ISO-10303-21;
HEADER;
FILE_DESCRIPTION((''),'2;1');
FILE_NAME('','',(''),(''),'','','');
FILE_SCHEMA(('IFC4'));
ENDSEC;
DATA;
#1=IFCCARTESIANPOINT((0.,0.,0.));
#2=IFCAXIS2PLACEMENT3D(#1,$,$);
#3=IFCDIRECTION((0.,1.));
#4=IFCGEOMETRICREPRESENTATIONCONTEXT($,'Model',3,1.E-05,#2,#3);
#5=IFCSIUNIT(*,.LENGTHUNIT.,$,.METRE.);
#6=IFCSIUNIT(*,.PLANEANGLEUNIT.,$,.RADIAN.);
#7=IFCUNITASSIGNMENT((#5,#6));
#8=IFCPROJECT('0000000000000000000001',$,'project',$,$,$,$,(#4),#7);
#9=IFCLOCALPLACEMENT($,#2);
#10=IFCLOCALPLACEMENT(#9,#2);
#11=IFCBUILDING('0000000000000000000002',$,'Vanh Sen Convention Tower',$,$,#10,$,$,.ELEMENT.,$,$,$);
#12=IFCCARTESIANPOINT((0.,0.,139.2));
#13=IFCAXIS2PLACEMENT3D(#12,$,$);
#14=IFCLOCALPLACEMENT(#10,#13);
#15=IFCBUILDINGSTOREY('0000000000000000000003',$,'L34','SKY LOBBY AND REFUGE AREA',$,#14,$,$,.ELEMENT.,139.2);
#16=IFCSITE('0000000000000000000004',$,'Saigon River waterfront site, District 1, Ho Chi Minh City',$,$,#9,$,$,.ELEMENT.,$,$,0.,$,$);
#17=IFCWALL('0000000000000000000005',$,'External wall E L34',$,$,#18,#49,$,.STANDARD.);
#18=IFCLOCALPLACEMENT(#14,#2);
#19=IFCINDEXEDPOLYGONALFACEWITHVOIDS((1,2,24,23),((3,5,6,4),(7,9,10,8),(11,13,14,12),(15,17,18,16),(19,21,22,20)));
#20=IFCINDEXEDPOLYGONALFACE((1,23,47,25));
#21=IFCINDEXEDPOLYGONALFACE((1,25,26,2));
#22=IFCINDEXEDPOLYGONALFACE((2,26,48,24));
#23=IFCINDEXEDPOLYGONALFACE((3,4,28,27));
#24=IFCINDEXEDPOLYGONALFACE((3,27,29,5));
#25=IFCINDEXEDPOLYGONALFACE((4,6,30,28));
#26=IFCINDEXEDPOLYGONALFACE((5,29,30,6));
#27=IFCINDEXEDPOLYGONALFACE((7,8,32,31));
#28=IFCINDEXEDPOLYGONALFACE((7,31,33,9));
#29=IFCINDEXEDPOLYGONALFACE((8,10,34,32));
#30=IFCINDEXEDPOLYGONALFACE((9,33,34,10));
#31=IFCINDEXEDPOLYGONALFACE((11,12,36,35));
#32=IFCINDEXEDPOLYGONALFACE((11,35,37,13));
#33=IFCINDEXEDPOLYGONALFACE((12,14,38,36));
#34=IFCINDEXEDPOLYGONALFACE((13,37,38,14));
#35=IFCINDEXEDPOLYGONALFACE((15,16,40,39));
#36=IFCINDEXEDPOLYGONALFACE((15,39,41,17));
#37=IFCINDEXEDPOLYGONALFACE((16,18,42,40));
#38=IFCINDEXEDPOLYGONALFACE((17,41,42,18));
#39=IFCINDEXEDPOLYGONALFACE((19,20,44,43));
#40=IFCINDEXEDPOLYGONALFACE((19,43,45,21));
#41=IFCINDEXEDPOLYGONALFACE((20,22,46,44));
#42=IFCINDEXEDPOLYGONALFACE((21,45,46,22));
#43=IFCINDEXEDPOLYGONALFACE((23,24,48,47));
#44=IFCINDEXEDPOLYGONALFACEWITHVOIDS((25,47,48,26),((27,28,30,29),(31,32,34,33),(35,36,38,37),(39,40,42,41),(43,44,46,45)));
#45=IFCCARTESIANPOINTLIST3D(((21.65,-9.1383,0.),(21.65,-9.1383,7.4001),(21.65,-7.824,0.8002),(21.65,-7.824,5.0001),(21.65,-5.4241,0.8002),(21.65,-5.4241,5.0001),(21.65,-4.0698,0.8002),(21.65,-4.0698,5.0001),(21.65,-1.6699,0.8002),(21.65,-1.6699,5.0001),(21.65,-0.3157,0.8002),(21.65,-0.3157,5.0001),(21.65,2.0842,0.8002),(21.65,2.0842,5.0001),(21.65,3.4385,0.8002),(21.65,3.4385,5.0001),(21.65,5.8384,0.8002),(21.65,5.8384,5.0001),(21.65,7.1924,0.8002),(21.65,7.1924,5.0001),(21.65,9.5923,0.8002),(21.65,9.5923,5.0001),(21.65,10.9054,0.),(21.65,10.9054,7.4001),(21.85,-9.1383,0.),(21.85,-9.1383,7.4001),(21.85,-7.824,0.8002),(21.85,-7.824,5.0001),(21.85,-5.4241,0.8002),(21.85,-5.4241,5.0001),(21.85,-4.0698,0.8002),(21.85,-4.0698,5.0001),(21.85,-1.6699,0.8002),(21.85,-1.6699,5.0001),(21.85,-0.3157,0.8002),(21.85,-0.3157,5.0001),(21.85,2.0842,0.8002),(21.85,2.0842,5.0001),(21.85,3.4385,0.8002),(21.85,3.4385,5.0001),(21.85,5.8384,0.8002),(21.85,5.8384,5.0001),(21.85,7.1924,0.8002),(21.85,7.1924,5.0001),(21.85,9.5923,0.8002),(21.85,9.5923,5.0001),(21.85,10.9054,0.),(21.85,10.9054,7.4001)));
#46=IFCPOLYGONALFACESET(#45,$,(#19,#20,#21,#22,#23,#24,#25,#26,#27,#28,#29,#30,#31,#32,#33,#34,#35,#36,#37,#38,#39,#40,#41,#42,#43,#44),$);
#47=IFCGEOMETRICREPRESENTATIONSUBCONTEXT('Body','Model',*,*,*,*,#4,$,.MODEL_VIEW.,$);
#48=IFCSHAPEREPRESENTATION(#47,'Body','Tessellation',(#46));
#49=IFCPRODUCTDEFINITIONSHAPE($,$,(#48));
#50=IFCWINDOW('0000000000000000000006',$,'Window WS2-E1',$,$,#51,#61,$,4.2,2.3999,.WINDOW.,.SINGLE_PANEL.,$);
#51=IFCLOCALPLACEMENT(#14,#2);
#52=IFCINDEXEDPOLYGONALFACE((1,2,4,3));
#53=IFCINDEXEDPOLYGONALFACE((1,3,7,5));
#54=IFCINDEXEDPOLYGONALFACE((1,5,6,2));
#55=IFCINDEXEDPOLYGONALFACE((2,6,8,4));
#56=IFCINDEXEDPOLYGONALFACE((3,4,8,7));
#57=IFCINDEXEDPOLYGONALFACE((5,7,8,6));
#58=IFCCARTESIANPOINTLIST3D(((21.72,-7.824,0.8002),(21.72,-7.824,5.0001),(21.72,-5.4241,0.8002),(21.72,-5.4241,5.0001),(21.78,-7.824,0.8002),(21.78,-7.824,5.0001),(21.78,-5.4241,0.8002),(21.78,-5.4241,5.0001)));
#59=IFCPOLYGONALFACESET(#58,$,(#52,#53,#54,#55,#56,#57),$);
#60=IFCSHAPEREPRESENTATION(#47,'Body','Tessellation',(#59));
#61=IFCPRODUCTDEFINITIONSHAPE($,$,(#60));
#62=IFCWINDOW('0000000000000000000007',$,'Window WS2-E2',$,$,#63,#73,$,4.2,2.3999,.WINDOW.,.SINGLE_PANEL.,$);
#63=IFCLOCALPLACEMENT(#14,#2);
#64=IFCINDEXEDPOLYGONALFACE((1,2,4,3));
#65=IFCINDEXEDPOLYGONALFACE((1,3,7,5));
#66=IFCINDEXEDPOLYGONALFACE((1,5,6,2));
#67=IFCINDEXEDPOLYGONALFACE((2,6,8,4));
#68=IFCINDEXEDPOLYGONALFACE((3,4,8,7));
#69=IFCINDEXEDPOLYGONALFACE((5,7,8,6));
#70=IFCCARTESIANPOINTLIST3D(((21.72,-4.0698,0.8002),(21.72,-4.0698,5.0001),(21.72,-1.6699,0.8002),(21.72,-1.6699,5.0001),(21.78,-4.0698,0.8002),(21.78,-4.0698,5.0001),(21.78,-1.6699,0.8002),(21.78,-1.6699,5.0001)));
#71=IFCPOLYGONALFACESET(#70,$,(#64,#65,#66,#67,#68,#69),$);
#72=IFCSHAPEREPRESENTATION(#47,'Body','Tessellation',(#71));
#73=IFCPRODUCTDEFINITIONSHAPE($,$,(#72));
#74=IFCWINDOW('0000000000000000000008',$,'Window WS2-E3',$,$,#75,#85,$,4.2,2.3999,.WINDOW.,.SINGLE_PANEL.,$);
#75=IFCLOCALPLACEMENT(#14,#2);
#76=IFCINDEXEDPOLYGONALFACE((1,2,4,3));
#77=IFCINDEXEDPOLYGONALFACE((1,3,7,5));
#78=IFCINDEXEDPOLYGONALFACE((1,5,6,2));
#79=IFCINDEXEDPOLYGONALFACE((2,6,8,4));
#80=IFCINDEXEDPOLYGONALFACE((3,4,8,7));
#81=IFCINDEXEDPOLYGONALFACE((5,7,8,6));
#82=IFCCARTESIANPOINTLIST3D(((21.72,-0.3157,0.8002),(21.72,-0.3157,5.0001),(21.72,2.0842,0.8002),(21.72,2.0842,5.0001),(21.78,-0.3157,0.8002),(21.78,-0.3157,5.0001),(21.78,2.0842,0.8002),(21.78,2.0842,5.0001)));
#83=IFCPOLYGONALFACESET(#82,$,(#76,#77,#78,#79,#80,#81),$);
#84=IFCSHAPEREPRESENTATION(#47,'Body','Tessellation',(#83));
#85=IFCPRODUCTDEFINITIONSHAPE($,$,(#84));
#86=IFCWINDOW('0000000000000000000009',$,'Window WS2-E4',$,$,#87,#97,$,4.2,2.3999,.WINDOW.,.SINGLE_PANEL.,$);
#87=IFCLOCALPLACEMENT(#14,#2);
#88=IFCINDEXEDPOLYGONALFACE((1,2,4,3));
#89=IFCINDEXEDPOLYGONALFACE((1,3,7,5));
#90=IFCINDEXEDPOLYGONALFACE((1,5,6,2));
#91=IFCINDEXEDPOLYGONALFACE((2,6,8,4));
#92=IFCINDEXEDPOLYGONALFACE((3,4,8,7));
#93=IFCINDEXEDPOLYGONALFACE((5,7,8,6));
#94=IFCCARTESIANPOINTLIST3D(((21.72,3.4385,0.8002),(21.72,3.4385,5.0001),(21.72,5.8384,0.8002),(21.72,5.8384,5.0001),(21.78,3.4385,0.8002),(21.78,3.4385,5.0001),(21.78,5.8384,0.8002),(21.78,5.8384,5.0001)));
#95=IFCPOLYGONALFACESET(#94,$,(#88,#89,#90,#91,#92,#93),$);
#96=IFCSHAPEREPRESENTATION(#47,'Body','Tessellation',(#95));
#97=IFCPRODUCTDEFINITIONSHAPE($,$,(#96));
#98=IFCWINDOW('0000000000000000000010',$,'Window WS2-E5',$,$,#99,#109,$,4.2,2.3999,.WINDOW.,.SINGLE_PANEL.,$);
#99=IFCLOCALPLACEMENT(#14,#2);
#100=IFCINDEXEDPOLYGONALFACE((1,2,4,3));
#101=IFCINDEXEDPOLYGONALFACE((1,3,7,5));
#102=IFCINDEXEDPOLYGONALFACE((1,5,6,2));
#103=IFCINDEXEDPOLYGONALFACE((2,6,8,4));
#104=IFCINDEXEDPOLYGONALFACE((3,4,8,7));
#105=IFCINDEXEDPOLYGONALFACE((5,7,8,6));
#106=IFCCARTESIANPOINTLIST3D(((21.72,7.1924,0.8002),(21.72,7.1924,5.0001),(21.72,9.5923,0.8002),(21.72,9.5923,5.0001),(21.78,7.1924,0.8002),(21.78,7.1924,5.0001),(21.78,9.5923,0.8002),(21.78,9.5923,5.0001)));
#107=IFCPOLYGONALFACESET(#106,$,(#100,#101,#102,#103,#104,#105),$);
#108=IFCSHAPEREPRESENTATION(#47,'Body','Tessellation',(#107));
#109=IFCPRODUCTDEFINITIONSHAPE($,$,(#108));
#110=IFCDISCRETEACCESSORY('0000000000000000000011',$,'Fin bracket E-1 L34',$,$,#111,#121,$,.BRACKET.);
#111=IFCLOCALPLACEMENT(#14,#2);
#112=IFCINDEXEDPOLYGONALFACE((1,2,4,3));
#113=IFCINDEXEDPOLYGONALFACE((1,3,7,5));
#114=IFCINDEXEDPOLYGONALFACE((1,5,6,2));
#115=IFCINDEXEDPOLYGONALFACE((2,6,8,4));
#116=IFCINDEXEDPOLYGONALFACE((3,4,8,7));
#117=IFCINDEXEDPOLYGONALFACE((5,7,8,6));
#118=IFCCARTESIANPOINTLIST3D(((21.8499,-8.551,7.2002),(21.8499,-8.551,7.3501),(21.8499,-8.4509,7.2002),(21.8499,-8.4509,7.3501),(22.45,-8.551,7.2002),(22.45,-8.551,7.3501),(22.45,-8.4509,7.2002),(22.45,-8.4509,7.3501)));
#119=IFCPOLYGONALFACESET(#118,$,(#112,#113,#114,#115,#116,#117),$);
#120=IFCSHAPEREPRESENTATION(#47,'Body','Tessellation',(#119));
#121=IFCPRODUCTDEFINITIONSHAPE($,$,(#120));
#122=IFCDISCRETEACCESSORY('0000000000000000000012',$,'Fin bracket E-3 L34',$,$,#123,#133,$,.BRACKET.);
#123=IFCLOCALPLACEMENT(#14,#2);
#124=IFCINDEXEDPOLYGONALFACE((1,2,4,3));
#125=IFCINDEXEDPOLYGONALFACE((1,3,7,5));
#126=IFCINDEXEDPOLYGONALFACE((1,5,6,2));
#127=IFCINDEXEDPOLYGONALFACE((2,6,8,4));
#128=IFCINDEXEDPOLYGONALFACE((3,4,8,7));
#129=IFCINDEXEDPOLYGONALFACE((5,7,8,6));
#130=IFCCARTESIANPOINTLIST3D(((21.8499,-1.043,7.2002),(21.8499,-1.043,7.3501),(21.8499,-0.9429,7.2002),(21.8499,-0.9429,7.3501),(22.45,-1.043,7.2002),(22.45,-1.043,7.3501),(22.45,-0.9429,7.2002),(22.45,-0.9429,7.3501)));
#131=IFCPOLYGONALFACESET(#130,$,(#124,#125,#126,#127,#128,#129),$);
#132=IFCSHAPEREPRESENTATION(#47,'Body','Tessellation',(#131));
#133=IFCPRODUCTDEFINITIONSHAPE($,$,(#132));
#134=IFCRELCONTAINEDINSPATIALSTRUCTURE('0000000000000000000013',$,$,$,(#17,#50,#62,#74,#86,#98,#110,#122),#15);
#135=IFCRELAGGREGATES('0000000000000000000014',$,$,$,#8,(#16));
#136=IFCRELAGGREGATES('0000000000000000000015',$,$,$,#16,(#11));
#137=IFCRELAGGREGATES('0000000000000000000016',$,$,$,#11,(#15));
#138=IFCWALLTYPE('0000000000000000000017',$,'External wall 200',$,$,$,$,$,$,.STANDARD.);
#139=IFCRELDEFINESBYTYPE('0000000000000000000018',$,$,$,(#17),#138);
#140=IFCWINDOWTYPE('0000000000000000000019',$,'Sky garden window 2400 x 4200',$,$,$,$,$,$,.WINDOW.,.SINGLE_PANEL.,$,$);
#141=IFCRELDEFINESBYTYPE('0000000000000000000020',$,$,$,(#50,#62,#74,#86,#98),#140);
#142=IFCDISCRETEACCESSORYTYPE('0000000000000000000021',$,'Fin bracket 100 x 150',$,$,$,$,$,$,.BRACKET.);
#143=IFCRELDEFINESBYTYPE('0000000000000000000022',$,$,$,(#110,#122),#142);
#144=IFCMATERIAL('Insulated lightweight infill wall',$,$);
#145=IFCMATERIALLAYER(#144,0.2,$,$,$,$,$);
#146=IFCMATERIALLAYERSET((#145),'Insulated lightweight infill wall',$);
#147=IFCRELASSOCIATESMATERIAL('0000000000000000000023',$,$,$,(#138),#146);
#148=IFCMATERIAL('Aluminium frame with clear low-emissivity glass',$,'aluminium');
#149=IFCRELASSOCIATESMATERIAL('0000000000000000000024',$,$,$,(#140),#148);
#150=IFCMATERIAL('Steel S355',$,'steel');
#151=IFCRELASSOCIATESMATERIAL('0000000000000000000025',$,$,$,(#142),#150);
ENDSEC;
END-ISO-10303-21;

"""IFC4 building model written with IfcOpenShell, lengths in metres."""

from ifc_helpers import new_model, si_unit, direction, frame, frame_2d, origin, origin_2d, place, context, subcontext, project, spatial, rectangle, extrude, material, layer, layer_set, type_object, element, fill, save


model = new_model("IFC4")

# Units and contexts
model_context = context("Model", 3, precision=1e-05, world=origin(), true_north=direction((0.0, 1.0)))
body_context = subcontext(model_context, "Body", "Model", "MODEL_VIEW")
ifc_project = project(units=[si_unit("LENGTHUNIT", "METRE"), si_unit("PLANEANGLEUNIT", "RADIAN")], contexts=[model_context])

# Site, building, storey
site_placement = place(None, origin())
site = spatial("IfcSite", under=ifc_project, at=site_placement, Name="Saigon River waterfront site, District 1, Ho Chi Minh City", CompositionType="ELEMENT", RefElevation=0.0)
building_placement = place(site_placement, origin())
building = spatial("IfcBuilding", under=site, at=building_placement, Name="Vanh Sen Convention Tower", CompositionType="ELEMENT")
storey_placement = place(building_placement, frame((0.0, 0.0, 139.2)))
storey = spatial("IfcBuildingStorey", under=building, at=storey_placement, Name="L34", Description="SKY LOBBY AND REFUGE AREA", CompositionType="ELEMENT", Elevation=139.2)

# Wall, openings, windows
ifc_material_1 = material(Name="Insulated lightweight infill wall")
ifc_layer_1 = layer(ifc_material_1, 0.2)
ifc_layer_set_1 = layer_set([ifc_layer_1], Name="Insulated lightweight infill wall")
wall_type = type_object("IfcWallType", Name="External wall 200", PredefinedType="STANDARD", material=ifc_layer_set_1)
wall_placement = place(storey_placement, frame((21.75, -9.1384, 0.0), z_axis=(0.0, 0.0, 1.0), x_axis=(0.0, 1.0, 0.0)))
wall = element("IfcWall", 1, at=wall_placement, inside=storey, type_object=wall_type, Name="External wall E L34", PredefinedType="STANDARD", context=body_context, shape_type="SweptSolid", body=[
    extrude(rectangle(XDim=20.0437, YDim=0.2, at=frame_2d((10.022, 0.0))), origin(), (0.0, 0.0, 1.0), 7.4001),
])
opening_1_placement = place(wall_placement, frame((1.3145, 0.0, 0.8)))
opening_1 = element("IfcOpeningElement", 2, at=opening_1_placement, cuts=wall, PredefinedType="OPENING", context=body_context, shape_type="SweptSolid", body=[
    extrude(rectangle(XDim=2.3999, YDim=4.2, at=frame_2d((1.2, 2.1001))), frame((0.0, 0.1099, 0.0), z_axis=(0.0, -1.0, 0.0), x_axis=(1.0, 0.0, 0.0)), (0.0, 0.0, 1.0), 0.22),
])
opening_2_placement = place(wall_placement, frame((5.0686, 0.0, 0.8)))
opening_2 = element("IfcOpeningElement", 3, at=opening_2_placement, cuts=wall, PredefinedType="OPENING", context=body_context, shape_type="SweptSolid", body=[
    extrude(rectangle(XDim=2.3999, YDim=4.2, at=frame_2d((1.2, 2.1001))), frame((0.0, 0.1099, 0.0), z_axis=(0.0, -1.0, 0.0), x_axis=(1.0, 0.0, 0.0)), (0.0, 0.0, 1.0), 0.22),
])
opening_3_placement = place(wall_placement, frame((8.8228, 0.0, 0.8)))
opening_3 = element("IfcOpeningElement", 4, at=opening_3_placement, cuts=wall, PredefinedType="OPENING", context=body_context, shape_type="SweptSolid", body=[
    extrude(rectangle(XDim=2.3999, YDim=4.2, at=frame_2d((1.2, 2.1001))), frame((0.0, 0.1099, 0.0), z_axis=(0.0, -1.0, 0.0), x_axis=(1.0, 0.0, 0.0)), (0.0, 0.0, 1.0), 0.22),
])
opening_4_placement = place(wall_placement, frame((12.5769, 0.0, 0.8)))
opening_4 = element("IfcOpeningElement", 5, at=opening_4_placement, cuts=wall, PredefinedType="OPENING", context=body_context, shape_type="SweptSolid", body=[
    extrude(rectangle(XDim=2.3999, YDim=4.2, at=frame_2d((1.2, 2.1001))), frame((0.0, 0.1099, 0.0), z_axis=(0.0, -1.0, 0.0), x_axis=(1.0, 0.0, 0.0)), (0.0, 0.0, 1.0), 0.22),
])
opening_5_placement = place(wall_placement, frame((16.3308, 0.0, 0.8)))
opening_5 = element("IfcOpeningElement", 6, at=opening_5_placement, cuts=wall, PredefinedType="OPENING", context=body_context, shape_type="SweptSolid", body=[
    extrude(rectangle(XDim=2.3999, YDim=4.2, at=frame_2d((1.2, 2.1001))), frame((0.0, 0.1099, 0.0), z_axis=(0.0, -1.0, 0.0), x_axis=(1.0, 0.0, 0.0)), (0.0, 0.0, 1.0), 0.22),
])
ifc_material_2 = material(Name="Aluminium frame with clear low-emissivity glass", Category="aluminium")
window_type = type_object("IfcWindowType", Name="Sky garden window 2400 x 4200", PartitioningType="SINGLE_PANEL", PredefinedType="WINDOW", material=ifc_material_2)
window_1_placement = place(opening_1_placement, origin())
window_1 = element("IfcWindow", 7, at=window_1_placement, inside=storey, type_object=window_type, Name="Window WS2-E1", OverallHeight=4.2, OverallWidth=2.3999, PartitioningType="SINGLE_PANEL", PredefinedType="WINDOW", context=body_context, shape_type="SweptSolid", body=[
    extrude(rectangle(XDim=2.3999, YDim=4.2, at=frame_2d((1.2, 2.1001))), frame((0.0, 0.03, 0.0), z_axis=(0.0, -1.0, 0.0), x_axis=(1.0, 0.0, 0.0)), (0.0, 0.0, 1.0), 0.0601),
])
fill(opening_1, window_1)
window_2_placement = place(opening_2_placement, origin())
window_2 = element("IfcWindow", 8, at=window_2_placement, inside=storey, type_object=window_type, Name="Window WS2-E2", OverallHeight=4.2, OverallWidth=2.3999, PartitioningType="SINGLE_PANEL", PredefinedType="WINDOW", context=body_context, shape_type="SweptSolid", body=[
    extrude(rectangle(XDim=2.3999, YDim=4.2, at=frame_2d((1.2, 2.1001))), frame((0.0, 0.03, 0.0), z_axis=(0.0, -1.0, 0.0), x_axis=(1.0, 0.0, 0.0)), (0.0, 0.0, 1.0), 0.0601),
])
fill(opening_2, window_2)
window_3_placement = place(opening_3_placement, origin())
window_3 = element("IfcWindow", 9, at=window_3_placement, inside=storey, type_object=window_type, Name="Window WS2-E3", OverallHeight=4.2, OverallWidth=2.3999, PartitioningType="SINGLE_PANEL", PredefinedType="WINDOW", context=body_context, shape_type="SweptSolid", body=[
    extrude(rectangle(XDim=2.3999, YDim=4.2, at=frame_2d((1.2, 2.1001))), frame((0.0, 0.03, 0.0), z_axis=(0.0, -1.0, 0.0), x_axis=(1.0, 0.0, 0.0)), (0.0, 0.0, 1.0), 0.0601),
])
fill(opening_3, window_3)
window_4_placement = place(opening_4_placement, origin())
window_4 = element("IfcWindow", 10, at=window_4_placement, inside=storey, type_object=window_type, Name="Window WS2-E4", OverallHeight=4.2, OverallWidth=2.3999, PartitioningType="SINGLE_PANEL", PredefinedType="WINDOW", context=body_context, shape_type="SweptSolid", body=[
    extrude(rectangle(XDim=2.3999, YDim=4.2, at=frame_2d((1.2, 2.1001))), frame((0.0, 0.03, 0.0), z_axis=(0.0, -1.0, 0.0), x_axis=(1.0, 0.0, 0.0)), (0.0, 0.0, 1.0), 0.0601),
])
fill(opening_4, window_4)
window_5_placement = place(opening_5_placement, origin())
window_5 = element("IfcWindow", 11, at=window_5_placement, inside=storey, type_object=window_type, Name="Window WS2-E5", OverallHeight=4.2, OverallWidth=2.3999, PartitioningType="SINGLE_PANEL", PredefinedType="WINDOW", context=body_context, shape_type="SweptSolid", body=[
    extrude(rectangle(XDim=2.3999, YDim=4.2, at=frame_2d((1.2, 2.1001))), frame((0.0, 0.03, 0.0), z_axis=(0.0, -1.0, 0.0), x_axis=(1.0, 0.0, 0.0)), (0.0, 0.0, 1.0), 0.0601),
])
fill(opening_5, window_5)

# Discrete accessories
ifc_material_3 = material(Name="Steel S355", Category="steel")
discrete_accessory_type = type_object("IfcDiscreteAccessoryType", Name="Fin bracket 100 x 150", PredefinedType="BRACKET", material=ifc_material_3)
for number, where, z_axis, x_axis, name in (
    (12, (22.1499, -8.501, 7.2002), (0.0, 0.0, 1.0), (1.0, 0.0, 0.0), "Fin bracket E-1 L34"),
    (13, (22.1499, -0.9929, 7.2002), (0.0, 0.0, 1.0), (1.0, 0.0, 0.0), "Fin bracket E-3 L34"),
):
    element("IfcDiscreteAccessory", number, at=place(storey_placement, frame(where, z_axis=z_axis, x_axis=x_axis)), inside=storey, type_object=discrete_accessory_type, Name=name, PredefinedType="BRACKET", context=body_context, shape_type="SweptSolid", body=[
        extrude(rectangle(XDim=0.6001, YDim=0.1001, at=origin_2d()), origin(), (0.0, 0.0, 1.0), 0.1499),
    ])

save(model, "model.ifc")
